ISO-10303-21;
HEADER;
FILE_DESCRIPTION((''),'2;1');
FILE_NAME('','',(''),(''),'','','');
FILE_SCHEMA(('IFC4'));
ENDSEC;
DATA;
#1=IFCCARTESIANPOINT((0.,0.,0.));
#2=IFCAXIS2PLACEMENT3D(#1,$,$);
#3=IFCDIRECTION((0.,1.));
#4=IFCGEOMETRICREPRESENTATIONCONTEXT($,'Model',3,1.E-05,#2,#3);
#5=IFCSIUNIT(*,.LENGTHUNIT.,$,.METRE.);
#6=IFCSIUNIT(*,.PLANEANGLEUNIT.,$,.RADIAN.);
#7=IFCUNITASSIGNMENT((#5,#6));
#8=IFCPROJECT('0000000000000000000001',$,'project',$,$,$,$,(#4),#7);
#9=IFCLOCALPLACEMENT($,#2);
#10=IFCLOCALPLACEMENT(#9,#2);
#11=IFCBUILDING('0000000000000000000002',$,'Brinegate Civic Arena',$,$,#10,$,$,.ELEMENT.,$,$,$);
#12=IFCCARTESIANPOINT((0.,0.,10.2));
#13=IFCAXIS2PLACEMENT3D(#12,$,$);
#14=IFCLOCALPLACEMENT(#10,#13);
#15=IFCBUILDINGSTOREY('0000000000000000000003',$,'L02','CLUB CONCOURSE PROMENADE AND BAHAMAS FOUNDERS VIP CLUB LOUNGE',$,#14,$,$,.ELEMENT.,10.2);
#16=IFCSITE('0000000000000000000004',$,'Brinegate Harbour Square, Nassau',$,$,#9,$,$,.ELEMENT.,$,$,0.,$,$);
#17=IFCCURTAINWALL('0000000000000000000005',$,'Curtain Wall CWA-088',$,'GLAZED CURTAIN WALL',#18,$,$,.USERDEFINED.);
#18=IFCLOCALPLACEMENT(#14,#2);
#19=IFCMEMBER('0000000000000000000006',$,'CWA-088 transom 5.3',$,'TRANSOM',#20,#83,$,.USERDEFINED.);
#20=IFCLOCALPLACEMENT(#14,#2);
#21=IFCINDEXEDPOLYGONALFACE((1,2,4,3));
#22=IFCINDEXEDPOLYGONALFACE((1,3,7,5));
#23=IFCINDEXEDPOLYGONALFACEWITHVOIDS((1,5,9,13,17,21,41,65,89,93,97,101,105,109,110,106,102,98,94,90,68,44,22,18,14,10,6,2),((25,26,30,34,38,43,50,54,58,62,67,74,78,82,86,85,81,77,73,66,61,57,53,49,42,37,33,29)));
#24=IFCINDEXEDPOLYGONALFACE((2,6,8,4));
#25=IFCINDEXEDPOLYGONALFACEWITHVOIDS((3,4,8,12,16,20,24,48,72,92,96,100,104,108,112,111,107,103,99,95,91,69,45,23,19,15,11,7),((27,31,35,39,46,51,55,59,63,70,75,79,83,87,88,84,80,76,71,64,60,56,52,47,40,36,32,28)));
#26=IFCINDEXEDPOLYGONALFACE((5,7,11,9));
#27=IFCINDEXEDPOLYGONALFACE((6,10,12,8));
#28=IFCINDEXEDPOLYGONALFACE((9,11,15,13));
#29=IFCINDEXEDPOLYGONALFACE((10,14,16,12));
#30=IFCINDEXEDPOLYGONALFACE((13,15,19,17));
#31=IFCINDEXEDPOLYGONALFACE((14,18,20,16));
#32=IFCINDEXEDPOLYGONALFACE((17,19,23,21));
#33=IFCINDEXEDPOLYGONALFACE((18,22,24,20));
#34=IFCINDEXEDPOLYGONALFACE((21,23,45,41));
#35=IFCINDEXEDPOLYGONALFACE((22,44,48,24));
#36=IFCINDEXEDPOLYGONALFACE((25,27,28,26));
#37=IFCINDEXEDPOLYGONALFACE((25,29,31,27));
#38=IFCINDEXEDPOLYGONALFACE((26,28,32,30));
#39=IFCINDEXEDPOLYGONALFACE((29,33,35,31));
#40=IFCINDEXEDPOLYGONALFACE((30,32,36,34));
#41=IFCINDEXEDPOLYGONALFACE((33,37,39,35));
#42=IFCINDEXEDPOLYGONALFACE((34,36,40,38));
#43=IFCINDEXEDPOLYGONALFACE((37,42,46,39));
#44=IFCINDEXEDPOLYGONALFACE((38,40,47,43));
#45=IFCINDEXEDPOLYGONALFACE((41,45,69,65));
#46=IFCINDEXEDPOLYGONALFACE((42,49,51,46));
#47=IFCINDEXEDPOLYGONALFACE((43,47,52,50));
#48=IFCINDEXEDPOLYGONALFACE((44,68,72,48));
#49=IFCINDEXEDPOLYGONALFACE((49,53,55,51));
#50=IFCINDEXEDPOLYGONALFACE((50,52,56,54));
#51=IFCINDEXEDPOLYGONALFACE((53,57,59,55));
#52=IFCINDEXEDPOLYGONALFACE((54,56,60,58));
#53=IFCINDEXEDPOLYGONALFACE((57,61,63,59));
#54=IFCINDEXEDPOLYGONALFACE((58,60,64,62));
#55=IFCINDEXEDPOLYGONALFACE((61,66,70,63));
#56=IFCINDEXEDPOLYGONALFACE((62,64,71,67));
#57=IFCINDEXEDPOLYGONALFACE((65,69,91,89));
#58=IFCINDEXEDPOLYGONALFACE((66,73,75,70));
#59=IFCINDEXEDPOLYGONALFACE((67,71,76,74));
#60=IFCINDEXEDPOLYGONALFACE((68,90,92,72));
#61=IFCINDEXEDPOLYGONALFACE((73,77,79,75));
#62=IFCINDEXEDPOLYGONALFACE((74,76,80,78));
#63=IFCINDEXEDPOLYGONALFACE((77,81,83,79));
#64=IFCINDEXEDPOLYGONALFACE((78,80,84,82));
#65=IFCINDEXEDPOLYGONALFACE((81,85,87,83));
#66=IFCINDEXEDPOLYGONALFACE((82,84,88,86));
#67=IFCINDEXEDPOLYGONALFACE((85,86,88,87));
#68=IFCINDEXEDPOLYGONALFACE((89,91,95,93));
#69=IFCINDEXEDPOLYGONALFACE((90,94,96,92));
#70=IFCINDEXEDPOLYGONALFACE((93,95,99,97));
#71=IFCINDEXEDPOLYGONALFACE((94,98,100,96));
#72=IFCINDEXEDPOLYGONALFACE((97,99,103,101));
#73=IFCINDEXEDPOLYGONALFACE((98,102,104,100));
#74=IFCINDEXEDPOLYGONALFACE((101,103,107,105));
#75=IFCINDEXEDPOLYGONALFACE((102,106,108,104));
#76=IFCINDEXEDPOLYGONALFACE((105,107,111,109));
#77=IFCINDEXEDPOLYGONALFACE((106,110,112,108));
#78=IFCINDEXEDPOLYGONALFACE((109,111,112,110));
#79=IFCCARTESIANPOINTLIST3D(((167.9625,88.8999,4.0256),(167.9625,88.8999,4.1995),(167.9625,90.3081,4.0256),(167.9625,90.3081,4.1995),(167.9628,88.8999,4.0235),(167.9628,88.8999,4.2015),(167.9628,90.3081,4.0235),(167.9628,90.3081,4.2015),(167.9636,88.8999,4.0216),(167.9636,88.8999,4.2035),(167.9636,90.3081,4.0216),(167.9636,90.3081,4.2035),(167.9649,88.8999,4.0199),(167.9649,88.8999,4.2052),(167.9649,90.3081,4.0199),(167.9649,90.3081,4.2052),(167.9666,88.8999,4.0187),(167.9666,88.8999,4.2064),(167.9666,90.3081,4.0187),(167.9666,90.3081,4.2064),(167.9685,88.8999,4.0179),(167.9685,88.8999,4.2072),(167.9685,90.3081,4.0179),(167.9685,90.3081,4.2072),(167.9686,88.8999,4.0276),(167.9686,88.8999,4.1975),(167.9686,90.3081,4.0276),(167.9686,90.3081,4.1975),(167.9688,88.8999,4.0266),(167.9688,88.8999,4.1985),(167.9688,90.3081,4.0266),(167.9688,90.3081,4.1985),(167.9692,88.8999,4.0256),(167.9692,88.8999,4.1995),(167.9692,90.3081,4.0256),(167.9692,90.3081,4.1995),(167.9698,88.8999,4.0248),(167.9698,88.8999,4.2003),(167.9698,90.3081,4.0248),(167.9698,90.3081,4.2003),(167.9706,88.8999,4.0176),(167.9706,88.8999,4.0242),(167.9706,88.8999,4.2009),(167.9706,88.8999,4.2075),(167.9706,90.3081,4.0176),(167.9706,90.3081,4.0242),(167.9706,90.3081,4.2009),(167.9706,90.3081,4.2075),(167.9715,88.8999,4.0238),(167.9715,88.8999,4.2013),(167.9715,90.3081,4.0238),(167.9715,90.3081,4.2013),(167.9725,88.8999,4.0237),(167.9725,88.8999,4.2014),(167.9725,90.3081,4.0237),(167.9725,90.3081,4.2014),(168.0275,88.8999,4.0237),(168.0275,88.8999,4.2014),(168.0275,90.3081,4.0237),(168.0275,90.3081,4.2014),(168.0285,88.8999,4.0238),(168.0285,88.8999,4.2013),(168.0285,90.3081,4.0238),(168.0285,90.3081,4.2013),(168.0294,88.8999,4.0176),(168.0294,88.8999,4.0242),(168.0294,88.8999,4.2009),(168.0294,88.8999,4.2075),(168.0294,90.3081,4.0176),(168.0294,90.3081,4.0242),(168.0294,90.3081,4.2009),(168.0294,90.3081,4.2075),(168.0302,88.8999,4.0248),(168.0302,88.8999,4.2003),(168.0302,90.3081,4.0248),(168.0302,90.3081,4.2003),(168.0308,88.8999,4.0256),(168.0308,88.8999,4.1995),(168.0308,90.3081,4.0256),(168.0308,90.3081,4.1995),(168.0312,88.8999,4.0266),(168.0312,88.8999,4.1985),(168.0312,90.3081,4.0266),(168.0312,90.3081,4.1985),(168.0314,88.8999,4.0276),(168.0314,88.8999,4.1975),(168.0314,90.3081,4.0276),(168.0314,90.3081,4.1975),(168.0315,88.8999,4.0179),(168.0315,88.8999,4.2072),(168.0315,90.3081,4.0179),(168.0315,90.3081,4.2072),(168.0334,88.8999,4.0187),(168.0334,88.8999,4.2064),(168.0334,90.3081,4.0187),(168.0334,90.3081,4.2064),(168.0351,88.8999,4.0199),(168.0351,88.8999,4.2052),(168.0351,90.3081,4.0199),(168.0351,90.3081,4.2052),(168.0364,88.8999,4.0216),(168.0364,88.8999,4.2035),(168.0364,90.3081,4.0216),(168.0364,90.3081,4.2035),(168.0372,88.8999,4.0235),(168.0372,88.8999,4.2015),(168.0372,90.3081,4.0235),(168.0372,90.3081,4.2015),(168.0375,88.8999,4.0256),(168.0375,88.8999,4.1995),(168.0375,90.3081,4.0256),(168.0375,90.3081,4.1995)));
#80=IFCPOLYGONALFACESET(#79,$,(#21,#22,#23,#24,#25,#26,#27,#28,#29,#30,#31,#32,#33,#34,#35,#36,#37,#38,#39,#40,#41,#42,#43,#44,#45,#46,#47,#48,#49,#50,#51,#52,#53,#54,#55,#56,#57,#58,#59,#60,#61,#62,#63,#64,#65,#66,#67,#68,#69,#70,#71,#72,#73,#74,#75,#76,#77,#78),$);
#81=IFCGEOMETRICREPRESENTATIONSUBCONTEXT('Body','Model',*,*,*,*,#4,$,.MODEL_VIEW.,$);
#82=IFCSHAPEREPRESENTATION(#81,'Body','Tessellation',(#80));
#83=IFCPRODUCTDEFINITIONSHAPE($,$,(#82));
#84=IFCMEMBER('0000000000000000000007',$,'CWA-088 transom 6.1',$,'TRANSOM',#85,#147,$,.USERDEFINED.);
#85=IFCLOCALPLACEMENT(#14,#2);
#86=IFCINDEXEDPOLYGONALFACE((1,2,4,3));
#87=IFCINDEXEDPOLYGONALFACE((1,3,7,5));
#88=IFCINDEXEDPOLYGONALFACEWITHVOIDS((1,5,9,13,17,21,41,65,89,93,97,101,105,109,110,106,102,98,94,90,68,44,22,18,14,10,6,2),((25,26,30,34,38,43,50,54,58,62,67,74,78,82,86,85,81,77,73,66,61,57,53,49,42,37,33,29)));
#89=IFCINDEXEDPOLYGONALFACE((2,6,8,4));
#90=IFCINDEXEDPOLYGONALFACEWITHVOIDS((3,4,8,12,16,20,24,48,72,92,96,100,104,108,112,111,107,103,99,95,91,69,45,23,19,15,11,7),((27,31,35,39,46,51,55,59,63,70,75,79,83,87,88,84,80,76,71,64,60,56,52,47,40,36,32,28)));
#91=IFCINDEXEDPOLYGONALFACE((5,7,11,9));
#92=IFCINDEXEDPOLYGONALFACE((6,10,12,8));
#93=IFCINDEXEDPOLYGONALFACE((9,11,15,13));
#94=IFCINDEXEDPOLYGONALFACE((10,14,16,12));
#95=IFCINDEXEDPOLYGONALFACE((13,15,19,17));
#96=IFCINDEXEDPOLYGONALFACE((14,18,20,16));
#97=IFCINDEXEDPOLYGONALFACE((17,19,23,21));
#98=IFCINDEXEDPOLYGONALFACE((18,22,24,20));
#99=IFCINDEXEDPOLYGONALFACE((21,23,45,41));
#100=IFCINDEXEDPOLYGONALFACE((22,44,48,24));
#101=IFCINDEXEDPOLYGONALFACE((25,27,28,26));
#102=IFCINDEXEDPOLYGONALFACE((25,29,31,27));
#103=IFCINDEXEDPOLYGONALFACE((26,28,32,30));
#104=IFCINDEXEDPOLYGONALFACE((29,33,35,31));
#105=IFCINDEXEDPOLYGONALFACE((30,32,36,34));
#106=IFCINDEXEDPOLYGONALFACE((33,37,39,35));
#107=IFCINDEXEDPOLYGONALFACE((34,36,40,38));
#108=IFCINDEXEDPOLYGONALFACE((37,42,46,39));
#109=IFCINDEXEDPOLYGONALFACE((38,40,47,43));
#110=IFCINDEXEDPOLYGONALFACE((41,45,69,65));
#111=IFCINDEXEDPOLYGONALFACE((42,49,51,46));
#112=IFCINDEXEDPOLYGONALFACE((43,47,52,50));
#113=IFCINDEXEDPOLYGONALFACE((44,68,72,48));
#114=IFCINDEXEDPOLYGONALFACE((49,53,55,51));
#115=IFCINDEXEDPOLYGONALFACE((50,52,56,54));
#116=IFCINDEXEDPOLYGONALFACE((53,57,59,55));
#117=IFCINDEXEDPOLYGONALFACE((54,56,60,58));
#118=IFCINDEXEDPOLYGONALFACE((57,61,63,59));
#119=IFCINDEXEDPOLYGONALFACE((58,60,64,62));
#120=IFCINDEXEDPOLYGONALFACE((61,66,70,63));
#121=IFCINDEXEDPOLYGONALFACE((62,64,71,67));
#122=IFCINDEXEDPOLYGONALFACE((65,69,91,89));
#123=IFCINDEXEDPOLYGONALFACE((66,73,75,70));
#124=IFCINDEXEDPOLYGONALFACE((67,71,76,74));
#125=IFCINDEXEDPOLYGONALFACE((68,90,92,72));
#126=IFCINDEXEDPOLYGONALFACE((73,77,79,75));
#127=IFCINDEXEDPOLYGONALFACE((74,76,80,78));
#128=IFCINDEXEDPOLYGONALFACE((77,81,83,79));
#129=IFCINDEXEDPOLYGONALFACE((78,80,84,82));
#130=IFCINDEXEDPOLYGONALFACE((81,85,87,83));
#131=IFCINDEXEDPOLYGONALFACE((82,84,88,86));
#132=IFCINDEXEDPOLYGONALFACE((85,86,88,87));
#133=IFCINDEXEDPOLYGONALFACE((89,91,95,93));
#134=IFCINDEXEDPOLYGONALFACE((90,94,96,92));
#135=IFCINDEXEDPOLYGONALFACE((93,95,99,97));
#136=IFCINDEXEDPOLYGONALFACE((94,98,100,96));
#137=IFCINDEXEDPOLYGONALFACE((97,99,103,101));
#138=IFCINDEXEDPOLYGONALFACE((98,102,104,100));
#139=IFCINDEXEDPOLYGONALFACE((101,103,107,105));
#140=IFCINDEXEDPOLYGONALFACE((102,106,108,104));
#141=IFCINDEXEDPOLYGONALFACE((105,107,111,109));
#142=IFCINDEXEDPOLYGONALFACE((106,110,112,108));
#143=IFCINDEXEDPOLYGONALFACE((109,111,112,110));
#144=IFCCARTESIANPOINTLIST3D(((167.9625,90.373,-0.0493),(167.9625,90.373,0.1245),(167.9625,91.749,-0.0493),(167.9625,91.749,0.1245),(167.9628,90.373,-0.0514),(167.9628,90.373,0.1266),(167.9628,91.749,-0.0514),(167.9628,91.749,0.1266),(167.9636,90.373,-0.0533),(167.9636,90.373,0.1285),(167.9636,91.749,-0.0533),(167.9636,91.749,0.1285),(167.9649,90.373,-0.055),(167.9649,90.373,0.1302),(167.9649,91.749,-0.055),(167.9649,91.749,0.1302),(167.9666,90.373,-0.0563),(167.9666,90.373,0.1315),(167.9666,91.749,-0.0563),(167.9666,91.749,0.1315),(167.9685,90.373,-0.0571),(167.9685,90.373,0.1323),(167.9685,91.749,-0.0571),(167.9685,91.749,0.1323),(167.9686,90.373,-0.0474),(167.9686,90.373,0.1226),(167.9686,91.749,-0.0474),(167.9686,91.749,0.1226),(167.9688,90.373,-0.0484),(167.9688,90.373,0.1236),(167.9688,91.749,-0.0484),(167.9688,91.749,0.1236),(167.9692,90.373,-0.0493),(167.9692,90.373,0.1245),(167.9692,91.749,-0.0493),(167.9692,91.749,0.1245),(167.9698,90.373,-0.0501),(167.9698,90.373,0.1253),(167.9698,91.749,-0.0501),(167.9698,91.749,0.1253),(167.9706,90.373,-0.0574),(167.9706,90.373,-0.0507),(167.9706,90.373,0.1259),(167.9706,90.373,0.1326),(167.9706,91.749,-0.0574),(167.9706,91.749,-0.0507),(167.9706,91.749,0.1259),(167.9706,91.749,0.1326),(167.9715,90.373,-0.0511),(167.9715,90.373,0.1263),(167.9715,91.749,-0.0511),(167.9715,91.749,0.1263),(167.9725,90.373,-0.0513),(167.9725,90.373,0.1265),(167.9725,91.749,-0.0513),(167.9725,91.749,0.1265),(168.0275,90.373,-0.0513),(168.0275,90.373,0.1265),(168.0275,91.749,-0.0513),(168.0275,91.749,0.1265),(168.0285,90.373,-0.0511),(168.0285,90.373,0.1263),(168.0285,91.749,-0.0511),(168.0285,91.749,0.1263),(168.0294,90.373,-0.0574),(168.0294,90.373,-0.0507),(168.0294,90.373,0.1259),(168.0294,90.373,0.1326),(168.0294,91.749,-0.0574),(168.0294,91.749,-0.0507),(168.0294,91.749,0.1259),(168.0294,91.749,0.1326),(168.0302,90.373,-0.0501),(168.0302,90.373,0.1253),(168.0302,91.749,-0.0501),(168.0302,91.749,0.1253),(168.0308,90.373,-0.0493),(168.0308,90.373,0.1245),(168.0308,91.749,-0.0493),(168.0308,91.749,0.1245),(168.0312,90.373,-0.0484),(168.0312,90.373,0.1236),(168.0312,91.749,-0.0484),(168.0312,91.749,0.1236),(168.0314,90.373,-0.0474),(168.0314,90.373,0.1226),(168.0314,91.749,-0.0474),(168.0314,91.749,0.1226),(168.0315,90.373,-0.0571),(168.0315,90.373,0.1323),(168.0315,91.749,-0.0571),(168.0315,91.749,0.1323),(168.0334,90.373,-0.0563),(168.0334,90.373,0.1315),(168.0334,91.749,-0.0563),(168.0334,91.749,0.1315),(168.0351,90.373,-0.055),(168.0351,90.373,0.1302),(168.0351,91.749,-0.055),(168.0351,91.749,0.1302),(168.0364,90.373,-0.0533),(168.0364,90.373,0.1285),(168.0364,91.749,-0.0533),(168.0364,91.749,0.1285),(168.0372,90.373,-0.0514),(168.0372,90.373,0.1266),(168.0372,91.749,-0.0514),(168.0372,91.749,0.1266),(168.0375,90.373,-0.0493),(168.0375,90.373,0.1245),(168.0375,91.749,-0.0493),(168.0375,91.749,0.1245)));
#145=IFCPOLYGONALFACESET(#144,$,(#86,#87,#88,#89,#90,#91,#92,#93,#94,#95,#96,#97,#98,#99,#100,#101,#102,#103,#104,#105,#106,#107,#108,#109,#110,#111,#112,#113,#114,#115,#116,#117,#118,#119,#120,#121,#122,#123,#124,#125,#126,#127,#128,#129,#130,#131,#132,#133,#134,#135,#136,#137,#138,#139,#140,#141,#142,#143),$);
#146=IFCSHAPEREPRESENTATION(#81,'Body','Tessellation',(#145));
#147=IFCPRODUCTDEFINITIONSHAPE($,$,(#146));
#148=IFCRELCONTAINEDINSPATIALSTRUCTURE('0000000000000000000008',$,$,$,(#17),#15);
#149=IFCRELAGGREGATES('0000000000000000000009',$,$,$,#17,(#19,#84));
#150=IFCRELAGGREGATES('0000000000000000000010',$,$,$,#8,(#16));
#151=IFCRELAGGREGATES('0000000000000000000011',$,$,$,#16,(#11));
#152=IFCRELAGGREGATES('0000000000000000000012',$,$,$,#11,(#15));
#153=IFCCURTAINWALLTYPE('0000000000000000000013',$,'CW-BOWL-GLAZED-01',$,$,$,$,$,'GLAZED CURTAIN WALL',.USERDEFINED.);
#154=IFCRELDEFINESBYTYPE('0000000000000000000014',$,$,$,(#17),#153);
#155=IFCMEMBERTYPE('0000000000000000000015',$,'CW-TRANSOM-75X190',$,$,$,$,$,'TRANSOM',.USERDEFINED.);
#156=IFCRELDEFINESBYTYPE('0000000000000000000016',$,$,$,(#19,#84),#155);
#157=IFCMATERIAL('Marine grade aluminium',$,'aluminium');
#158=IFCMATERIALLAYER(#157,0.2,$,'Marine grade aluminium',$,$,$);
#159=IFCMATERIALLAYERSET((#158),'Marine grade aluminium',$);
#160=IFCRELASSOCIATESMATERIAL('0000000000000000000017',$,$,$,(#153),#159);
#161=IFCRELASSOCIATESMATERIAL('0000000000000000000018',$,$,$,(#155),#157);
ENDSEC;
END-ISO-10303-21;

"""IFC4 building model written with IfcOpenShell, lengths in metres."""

from ifc_helpers import new_model, si_unit, direction, frame, origin, origin_2d, place, context, subcontext, project, spatial, hollow_rectangle, extrude, material, layer, layer_set, material_profile, profile_set, type_object, element, aggregate, save


model = new_model("IFC4")

# Units and contexts
model_context = context("Model", 3, precision=1e-05, world=origin(), true_north=direction((0.0, 1.0)))
body_context = subcontext(model_context, "Body", "Model", "MODEL_VIEW")
ifc_project = project(units=[si_unit("LENGTHUNIT", "METRE"), si_unit("PLANEANGLEUNIT", "RADIAN")], contexts=[model_context])

# Site, building, storey
site_placement = place(None, origin())
site = spatial("IfcSite", under=ifc_project, at=site_placement, Name="Brinegate Harbour Square, Nassau", CompositionType="ELEMENT", RefElevation=0.0)
building_placement = place(site_placement, origin())
building = spatial("IfcBuilding", under=site, at=building_placement, Name="Brinegate Civic Arena", CompositionType="ELEMENT")
storey_placement = place(building_placement, frame((0.0, 0.0, 10.2)))
storey = spatial("IfcBuildingStorey", under=building, at=storey_placement, Name="L02", Description="CLUB CONCOURSE PROMENADE AND BAHAMAS FOUNDERS VIP CLUB LOUNGE", CompositionType="ELEMENT", Elevation=10.2)

# Curtain wall, members
ifc_material_1 = material(Name="Marine grade aluminium", Category="aluminium")
ifc_layer_1 = layer(ifc_material_1, 0.2, Name="Marine grade aluminium")
ifc_layer_set_1 = layer_set([ifc_layer_1], Name="Marine grade aluminium")
curtain_wall_type = type_object("IfcCurtainWallType", Name="CW-BOWL-GLAZED-01", ElementType="GLAZED CURTAIN WALL", PredefinedType="USERDEFINED", material=ifc_layer_set_1)
curtain_wall_placement = place(storey_placement, origin())
curtain_wall = element("IfcCurtainWall", 1, at=curtain_wall_placement, inside=storey, type_object=curtain_wall_type, Name="Curtain Wall CWA-088", ObjectType="GLAZED CURTAIN WALL", PredefinedType="USERDEFINED")
ifc_material_profile_1 = material_profile(ifc_material_1, hollow_rectangle(XDim=0.075, YDim=0.1899, WallThickness=0.0061, InnerFilletRadius=0.0039, OuterFilletRadius=0.0081, at=origin_2d()), Name="TRN75X190")
ifc_profile_set_1 = profile_set([ifc_material_profile_1], Name="Marine grade aluminium")
member_type_1 = type_object("IfcMemberType", Name="CW-TRANSOM-75X190", ElementType="TRANSOM", PredefinedType="USERDEFINED", material=ifc_profile_set_1)
member_1_placement = place(storey_placement, frame((168.0, 88.8999, 4.1125), z_axis=(0.0, 1.0, 0.0), x_axis=(-1.0, 0.0, 0.0)))
member_1 = element("IfcMember", 2, at=member_1_placement, type_object=member_type_1, Name="CWA-088 transom 5.3", ObjectType="TRANSOM", PredefinedType="USERDEFINED", context=body_context, shape_type="SweptSolid", body=[
    extrude(hollow_rectangle(XDim=0.075, YDim=0.1899, WallThickness=0.0061, InnerFilletRadius=0.0039, OuterFilletRadius=0.0081, at=origin_2d()), origin(), (0.0, 0.0, 1.0), 1.4082),
])
member_2_placement = place(storey_placement, frame((168.0, 90.373, 0.0376), z_axis=(0.0, 1.0, 0.0), x_axis=(-1.0, 0.0, 0.0)))
member_2 = element("IfcMember", 3, at=member_2_placement, type_object=member_type_1, Name="CWA-088 transom 6.1", ObjectType="TRANSOM", PredefinedType="USERDEFINED", context=body_context, shape_type="SweptSolid", body=[
    extrude(hollow_rectangle(XDim=0.075, YDim=0.1899, WallThickness=0.0061, InnerFilletRadius=0.0039, OuterFilletRadius=0.0081, at=origin_2d()), origin(), (0.0, 0.0, 1.0), 1.376),
])

aggregate(curtain_wall, [member_1, member_2])

save(model, "model.ifc")
